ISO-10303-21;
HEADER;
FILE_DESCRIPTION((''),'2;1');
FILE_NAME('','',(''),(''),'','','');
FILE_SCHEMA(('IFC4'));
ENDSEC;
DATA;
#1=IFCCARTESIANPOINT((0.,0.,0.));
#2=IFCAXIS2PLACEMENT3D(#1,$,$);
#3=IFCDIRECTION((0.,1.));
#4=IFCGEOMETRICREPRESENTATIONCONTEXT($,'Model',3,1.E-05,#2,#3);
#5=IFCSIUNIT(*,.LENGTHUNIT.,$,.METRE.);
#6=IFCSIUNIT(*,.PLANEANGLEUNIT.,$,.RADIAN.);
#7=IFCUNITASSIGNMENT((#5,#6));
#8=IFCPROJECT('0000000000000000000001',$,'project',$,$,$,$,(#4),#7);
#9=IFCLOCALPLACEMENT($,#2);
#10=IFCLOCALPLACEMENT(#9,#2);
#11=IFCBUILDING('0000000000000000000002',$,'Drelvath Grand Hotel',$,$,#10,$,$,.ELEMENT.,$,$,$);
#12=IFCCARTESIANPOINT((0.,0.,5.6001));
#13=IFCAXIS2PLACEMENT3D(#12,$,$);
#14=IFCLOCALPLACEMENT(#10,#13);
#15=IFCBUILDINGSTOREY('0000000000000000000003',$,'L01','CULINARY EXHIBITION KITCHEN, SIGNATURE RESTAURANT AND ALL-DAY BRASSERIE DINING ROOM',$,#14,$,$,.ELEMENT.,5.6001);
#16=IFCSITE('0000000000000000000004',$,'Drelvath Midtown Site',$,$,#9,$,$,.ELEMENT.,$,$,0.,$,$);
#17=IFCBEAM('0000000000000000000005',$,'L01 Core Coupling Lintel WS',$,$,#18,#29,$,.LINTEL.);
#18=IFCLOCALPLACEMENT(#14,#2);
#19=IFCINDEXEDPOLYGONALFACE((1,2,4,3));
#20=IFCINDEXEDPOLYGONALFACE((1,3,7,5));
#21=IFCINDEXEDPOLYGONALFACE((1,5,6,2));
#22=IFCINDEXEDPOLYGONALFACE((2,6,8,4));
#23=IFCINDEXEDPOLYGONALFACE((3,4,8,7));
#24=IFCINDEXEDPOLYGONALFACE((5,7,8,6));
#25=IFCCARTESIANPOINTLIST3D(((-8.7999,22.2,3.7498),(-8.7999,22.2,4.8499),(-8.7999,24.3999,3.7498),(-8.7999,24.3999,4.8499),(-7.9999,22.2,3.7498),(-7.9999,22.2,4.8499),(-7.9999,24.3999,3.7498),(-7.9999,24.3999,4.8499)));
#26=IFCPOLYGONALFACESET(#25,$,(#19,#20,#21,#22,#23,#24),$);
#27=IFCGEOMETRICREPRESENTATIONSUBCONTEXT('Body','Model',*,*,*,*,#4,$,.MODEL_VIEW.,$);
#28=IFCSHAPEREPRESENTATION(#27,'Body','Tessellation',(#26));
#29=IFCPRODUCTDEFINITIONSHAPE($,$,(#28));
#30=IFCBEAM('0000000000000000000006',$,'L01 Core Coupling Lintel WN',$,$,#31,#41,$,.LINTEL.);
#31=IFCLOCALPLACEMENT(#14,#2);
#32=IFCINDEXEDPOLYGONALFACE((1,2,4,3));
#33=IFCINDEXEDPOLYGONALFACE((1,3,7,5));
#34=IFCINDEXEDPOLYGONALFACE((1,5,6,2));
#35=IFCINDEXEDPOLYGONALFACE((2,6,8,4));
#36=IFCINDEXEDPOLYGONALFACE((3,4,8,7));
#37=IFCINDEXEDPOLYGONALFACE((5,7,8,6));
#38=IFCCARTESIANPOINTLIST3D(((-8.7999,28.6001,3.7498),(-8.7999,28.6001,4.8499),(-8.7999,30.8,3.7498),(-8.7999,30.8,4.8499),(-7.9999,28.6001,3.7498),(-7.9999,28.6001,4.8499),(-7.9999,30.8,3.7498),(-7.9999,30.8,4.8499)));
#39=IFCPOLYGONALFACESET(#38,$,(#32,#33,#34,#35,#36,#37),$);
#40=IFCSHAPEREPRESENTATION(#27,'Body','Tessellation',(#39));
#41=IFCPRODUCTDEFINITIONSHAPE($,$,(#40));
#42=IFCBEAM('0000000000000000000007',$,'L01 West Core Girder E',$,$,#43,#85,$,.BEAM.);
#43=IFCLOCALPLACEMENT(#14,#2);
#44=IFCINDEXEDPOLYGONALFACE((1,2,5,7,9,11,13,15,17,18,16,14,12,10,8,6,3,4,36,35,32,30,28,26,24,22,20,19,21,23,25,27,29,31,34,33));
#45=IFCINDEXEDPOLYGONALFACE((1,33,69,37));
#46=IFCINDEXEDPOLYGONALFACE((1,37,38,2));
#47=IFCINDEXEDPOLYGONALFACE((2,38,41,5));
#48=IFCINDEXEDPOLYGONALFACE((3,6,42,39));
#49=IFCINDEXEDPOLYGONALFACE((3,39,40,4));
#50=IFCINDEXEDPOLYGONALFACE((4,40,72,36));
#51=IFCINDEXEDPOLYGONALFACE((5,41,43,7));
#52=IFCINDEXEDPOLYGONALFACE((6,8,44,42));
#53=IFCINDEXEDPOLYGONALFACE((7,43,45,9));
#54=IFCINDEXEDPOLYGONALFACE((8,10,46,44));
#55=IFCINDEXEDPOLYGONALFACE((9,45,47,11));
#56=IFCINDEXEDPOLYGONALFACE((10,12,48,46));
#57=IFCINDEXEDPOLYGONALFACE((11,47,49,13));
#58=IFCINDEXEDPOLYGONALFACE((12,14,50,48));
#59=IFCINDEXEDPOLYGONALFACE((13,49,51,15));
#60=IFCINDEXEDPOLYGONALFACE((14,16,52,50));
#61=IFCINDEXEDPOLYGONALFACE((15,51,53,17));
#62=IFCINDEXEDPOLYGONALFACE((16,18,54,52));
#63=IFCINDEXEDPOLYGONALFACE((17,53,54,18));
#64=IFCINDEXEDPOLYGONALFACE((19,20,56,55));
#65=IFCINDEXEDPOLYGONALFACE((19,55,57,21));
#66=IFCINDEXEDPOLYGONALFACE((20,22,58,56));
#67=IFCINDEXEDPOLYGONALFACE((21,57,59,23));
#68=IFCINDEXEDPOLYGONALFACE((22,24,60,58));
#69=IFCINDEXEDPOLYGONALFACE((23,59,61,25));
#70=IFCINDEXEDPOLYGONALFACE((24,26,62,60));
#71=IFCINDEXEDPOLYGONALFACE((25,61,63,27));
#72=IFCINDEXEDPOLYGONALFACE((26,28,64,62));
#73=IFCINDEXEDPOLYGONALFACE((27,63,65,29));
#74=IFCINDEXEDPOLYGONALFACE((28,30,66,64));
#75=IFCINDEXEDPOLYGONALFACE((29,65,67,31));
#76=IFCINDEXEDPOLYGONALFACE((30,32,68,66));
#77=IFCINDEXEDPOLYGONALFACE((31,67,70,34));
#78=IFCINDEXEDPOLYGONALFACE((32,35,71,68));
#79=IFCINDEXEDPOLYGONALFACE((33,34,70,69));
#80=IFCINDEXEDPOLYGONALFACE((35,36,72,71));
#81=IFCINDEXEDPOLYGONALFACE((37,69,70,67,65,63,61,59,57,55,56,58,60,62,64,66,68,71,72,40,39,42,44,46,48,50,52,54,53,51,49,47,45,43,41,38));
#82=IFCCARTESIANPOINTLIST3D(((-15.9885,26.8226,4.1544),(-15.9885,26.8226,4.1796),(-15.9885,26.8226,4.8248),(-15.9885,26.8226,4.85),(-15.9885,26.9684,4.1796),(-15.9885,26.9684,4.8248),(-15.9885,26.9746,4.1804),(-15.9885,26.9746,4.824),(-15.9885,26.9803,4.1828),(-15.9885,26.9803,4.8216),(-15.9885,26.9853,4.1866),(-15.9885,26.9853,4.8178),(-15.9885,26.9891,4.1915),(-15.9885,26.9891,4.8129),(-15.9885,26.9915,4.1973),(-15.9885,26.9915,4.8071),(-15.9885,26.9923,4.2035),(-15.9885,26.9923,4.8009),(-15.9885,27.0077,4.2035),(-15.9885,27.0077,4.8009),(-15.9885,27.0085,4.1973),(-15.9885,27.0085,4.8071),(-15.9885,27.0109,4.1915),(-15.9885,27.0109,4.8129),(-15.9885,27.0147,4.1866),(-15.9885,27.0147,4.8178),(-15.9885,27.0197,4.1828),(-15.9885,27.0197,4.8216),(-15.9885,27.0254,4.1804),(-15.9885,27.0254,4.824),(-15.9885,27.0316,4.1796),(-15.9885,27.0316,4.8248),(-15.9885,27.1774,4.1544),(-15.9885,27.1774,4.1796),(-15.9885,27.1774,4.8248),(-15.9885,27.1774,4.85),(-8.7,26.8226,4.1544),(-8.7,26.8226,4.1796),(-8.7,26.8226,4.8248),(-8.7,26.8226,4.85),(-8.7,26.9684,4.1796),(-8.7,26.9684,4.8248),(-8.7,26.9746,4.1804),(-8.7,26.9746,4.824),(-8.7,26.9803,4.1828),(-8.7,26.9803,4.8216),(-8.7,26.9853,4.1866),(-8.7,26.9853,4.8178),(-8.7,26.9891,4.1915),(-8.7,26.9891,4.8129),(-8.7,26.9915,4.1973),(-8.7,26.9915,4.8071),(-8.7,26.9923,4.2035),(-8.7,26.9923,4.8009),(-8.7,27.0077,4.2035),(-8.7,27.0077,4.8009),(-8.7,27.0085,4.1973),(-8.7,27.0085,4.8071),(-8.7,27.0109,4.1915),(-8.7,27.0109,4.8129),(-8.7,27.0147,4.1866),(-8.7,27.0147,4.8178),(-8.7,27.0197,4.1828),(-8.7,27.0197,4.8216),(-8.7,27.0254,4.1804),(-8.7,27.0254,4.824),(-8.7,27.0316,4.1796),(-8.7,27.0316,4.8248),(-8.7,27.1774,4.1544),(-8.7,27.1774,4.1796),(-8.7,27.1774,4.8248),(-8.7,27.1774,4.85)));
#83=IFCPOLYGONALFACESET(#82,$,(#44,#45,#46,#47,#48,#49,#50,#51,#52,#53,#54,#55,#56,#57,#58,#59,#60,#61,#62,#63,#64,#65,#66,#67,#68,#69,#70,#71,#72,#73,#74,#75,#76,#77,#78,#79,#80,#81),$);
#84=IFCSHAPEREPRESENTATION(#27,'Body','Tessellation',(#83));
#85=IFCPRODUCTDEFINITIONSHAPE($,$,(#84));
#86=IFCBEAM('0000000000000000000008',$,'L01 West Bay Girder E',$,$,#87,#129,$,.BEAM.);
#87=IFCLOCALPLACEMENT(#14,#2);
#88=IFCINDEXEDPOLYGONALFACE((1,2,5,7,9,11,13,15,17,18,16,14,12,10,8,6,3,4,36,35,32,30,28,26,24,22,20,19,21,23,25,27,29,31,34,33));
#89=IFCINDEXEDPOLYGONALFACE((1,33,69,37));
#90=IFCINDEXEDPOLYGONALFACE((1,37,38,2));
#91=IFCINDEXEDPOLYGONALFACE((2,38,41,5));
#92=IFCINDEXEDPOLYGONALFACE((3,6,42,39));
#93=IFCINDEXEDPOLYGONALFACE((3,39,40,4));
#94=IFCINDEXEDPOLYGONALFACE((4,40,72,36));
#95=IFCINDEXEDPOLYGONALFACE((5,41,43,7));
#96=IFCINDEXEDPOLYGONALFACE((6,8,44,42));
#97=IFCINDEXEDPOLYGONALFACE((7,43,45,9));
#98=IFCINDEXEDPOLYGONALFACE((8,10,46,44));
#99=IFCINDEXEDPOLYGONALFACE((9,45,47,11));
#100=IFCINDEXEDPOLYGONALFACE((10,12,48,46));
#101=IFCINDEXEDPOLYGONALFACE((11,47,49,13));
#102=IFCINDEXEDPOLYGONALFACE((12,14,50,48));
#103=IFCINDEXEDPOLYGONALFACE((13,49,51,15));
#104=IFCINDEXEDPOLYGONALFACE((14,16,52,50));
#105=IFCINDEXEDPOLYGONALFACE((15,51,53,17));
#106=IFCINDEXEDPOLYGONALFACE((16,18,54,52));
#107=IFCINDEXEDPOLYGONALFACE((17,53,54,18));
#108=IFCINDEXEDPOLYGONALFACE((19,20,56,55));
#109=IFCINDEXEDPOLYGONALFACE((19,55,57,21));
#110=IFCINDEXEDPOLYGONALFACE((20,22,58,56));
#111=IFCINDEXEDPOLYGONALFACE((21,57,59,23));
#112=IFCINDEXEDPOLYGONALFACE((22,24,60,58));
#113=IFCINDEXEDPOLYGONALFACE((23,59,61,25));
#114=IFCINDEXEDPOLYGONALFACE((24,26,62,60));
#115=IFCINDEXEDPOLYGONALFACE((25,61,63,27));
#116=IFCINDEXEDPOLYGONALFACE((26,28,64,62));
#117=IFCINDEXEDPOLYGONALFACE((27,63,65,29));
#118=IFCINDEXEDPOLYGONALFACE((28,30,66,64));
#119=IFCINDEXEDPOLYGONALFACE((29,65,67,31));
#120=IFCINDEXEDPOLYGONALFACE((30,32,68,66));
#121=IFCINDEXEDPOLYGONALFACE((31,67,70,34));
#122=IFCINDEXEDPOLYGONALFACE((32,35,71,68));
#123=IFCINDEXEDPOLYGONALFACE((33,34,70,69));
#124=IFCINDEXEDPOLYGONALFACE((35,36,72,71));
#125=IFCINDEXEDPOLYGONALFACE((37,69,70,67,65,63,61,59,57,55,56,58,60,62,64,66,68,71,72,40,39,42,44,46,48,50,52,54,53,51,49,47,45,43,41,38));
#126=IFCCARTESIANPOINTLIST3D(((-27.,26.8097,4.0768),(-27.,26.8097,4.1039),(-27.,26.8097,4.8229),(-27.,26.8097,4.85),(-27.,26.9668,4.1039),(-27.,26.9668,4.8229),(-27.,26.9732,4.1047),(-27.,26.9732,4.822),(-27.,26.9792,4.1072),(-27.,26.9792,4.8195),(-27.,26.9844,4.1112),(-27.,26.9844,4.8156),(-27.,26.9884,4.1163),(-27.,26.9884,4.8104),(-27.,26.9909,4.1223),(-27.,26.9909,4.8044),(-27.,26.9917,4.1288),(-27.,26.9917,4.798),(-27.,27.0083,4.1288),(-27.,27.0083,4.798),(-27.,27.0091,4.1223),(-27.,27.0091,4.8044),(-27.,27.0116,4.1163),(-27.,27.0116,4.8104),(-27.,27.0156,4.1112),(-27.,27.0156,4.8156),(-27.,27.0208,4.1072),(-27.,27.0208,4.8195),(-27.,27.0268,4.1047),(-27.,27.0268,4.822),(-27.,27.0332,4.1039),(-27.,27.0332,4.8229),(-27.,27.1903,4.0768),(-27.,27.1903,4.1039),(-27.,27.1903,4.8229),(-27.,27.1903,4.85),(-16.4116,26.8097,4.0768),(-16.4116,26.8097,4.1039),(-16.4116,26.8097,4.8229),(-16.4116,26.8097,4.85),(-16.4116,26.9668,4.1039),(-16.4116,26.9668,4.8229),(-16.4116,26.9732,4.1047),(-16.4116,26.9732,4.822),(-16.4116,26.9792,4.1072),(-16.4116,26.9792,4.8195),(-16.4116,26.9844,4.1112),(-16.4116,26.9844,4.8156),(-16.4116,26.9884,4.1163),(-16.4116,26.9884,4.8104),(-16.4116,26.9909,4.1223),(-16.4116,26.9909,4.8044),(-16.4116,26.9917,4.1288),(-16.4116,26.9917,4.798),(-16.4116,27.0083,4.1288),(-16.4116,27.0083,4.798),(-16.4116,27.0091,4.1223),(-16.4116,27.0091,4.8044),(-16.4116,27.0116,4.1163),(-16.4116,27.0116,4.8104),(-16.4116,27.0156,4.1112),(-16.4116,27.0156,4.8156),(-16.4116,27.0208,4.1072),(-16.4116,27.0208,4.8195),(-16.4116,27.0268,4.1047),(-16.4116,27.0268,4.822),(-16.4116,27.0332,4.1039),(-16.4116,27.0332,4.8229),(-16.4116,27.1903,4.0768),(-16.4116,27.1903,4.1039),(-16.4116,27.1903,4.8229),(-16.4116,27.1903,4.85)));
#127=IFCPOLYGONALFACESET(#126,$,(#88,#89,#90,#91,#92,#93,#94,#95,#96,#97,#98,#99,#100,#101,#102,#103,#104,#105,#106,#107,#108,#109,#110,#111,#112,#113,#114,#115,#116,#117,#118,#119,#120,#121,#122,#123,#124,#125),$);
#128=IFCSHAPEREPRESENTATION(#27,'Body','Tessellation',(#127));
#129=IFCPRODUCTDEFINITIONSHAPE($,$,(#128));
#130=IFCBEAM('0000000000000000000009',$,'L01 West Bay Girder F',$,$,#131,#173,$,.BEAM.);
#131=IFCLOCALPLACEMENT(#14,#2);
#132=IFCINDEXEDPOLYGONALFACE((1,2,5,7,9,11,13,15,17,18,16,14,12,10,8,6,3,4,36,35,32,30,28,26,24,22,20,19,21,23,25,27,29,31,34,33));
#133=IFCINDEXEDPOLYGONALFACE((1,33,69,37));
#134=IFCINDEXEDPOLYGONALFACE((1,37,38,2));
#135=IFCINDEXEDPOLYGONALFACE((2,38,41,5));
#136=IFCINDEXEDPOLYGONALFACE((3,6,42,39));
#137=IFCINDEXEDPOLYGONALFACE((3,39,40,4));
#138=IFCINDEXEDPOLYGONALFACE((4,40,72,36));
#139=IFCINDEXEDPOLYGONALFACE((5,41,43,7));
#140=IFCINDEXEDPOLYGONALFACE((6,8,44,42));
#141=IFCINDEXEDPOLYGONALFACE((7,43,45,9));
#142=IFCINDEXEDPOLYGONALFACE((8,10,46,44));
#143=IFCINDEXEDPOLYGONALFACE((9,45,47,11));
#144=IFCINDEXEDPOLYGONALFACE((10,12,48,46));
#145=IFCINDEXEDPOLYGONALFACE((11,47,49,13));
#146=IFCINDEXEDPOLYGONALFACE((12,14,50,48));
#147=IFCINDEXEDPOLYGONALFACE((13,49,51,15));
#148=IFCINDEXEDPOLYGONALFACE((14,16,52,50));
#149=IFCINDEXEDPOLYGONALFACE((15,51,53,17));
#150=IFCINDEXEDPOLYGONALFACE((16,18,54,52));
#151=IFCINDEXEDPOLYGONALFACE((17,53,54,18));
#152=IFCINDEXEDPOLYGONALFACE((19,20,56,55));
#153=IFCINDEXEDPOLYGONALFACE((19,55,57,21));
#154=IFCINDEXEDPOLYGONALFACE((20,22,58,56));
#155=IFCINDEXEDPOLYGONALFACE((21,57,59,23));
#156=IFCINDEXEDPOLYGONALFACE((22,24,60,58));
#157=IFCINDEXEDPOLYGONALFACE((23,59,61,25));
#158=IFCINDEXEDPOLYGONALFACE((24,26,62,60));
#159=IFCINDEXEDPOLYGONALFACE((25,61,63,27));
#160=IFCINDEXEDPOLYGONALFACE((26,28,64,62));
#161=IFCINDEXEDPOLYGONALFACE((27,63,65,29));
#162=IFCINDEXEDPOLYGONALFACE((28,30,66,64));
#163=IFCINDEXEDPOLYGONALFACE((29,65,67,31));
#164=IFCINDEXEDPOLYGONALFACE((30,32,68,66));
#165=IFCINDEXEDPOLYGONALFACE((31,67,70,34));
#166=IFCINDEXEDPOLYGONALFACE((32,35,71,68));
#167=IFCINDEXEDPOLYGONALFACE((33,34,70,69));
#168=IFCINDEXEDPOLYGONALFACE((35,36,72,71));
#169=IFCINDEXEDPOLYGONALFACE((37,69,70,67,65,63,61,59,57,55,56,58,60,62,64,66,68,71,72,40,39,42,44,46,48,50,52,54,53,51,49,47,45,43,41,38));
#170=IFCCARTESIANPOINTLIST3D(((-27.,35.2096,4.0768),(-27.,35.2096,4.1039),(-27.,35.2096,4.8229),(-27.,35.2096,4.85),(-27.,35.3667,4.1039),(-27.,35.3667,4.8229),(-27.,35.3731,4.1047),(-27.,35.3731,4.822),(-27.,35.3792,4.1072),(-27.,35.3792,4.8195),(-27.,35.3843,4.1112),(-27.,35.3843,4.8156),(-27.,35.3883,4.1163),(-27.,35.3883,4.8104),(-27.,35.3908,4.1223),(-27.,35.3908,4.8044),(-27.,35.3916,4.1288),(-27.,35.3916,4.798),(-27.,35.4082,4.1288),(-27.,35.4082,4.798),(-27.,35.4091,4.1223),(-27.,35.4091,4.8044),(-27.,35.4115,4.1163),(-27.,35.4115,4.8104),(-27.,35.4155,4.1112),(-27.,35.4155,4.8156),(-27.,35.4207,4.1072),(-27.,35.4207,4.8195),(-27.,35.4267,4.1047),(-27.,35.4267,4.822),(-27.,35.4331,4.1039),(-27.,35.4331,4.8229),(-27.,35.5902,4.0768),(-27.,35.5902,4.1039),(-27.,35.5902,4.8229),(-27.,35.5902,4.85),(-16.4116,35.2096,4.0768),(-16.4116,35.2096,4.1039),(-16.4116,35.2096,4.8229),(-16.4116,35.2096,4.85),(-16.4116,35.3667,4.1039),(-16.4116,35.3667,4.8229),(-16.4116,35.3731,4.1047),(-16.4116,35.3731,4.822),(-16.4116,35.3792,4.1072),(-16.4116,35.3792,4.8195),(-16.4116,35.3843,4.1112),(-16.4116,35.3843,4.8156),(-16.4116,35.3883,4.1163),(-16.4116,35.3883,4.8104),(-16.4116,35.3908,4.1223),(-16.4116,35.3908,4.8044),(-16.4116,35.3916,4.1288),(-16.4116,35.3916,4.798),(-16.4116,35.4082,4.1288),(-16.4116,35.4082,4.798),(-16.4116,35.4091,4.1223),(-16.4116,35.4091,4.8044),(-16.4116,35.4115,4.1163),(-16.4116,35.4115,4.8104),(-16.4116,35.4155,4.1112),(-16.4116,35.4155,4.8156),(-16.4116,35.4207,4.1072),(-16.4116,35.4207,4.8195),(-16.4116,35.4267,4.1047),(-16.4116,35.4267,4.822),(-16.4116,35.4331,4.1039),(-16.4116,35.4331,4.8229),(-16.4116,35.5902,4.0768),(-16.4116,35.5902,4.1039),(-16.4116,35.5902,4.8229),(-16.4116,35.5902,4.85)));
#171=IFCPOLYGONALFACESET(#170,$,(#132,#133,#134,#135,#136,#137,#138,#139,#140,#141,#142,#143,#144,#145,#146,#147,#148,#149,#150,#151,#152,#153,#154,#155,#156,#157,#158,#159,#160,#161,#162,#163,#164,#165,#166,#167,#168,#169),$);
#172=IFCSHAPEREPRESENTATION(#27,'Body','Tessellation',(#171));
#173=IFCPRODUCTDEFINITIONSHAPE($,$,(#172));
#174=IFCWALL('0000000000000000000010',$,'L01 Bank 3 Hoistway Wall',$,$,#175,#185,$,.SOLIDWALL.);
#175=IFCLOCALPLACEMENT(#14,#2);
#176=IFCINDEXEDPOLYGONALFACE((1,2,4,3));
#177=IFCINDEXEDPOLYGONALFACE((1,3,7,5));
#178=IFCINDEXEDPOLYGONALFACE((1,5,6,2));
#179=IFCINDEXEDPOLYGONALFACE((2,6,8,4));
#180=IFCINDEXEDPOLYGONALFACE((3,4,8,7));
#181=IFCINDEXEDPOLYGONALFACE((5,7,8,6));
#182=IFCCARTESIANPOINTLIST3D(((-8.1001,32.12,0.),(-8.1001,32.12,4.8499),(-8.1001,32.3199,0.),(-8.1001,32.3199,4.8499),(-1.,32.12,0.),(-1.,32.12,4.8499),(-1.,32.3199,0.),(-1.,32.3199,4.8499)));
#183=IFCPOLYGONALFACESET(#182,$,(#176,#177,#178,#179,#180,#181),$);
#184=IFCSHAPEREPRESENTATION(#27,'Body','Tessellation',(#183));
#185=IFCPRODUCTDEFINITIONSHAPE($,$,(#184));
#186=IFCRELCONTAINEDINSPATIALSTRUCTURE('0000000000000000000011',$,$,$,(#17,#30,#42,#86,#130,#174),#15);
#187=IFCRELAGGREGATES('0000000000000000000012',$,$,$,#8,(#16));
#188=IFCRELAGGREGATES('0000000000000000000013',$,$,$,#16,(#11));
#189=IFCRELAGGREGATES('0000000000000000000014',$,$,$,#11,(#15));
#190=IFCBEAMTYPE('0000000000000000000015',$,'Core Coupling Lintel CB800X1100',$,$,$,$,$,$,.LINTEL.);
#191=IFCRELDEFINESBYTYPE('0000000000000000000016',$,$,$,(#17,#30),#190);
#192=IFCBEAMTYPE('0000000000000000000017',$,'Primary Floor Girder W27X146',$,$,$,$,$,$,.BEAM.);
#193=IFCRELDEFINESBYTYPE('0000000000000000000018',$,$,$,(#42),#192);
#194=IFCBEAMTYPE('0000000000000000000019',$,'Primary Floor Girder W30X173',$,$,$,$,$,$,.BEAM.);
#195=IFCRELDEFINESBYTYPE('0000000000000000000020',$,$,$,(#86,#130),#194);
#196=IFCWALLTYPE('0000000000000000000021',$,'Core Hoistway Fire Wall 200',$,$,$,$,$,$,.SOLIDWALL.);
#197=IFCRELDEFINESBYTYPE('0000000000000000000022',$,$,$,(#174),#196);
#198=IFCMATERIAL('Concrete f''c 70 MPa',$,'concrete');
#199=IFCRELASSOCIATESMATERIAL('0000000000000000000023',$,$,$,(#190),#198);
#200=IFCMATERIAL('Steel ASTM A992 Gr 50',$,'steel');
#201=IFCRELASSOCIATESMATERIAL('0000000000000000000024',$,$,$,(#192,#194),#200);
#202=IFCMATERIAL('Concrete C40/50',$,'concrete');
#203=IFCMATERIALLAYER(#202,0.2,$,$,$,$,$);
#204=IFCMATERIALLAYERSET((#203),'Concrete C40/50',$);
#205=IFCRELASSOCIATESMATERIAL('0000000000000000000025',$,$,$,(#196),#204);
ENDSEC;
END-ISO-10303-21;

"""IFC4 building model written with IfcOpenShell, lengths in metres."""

from ifc_helpers import new_model, si_unit, direction, frame, frame_2d, origin, origin_2d, place, context, subcontext, project, spatial, rectangle, i_section, extrude, material, layer, layer_set, material_profile, profile_set, type_object, element, save


model = new_model("IFC4")

# Units and contexts
model_context = context("Model", 3, precision=1e-05, world=origin(), true_north=direction((0.0, 1.0)))
body_context = subcontext(model_context, "Body", "Model", "MODEL_VIEW")
ifc_project = project(units=[si_unit("LENGTHUNIT", "METRE"), si_unit("PLANEANGLEUNIT", "RADIAN")], contexts=[model_context])

# Site, building, storey
site_placement = place(None, origin())
site = spatial("IfcSite", under=ifc_project, at=site_placement, Name="Drelvath Midtown Site", CompositionType="ELEMENT", RefElevation=0.0)
building_placement = place(site_placement, origin())
building = spatial("IfcBuilding", under=site, at=building_placement, Name="Drelvath Grand Hotel", CompositionType="ELEMENT")
storey_placement = place(building_placement, frame((0.0, 0.0, 5.6001)))
storey = spatial("IfcBuildingStorey", under=building, at=storey_placement, Name="L01", Description="CULINARY EXHIBITION KITCHEN, SIGNATURE RESTAURANT AND ALL-DAY BRASSERIE DINING ROOM", CompositionType="ELEMENT", Elevation=5.6001)

# Beams
ifc_material_1 = material(Name="Steel ASTM A992 Gr 50", Category="steel")
ifc_material_2 = material(Name="Concrete f'c 70 MPa", Category="concrete")
ifc_material_profile_1 = material_profile(ifc_material_2, rectangle(XDim=0.8, YDim=1.1001, at=origin_2d()), Name="CB800X1100")
ifc_profile_set_1 = profile_set([ifc_material_profile_1], Name="Concrete f'c 70 MPa")
beam_type_1 = type_object("IfcBeamType", Name="Core Coupling Lintel CB800X1100", PredefinedType="LINTEL", material=ifc_profile_set_1)
for number, where, z_axis, x_axis, name in (
    (1, (-8.3999, 22.2, 4.2998), (0.0, 1.0, 0.0), (-1.0, 0.0, 0.0), "L01 Core Coupling Lintel WS"),
    (2, (-8.3999, 28.6001, 4.2998), (0.0, 1.0, 0.0), (-1.0, 0.0, 0.0), "L01 Core Coupling Lintel WN"),
):
    element("IfcBeam", number, at=place(storey_placement, frame(where, z_axis=z_axis, x_axis=x_axis)), inside=storey, type_object=beam_type_1, Name=name, PredefinedType="LINTEL", context=body_context, shape_type="SweptSolid", body=[
        extrude(rectangle(XDim=0.8, YDim=1.1001, at=origin_2d()), origin(), (0.0, 0.0, 1.0), 2.2),
    ])
ifc_material_profile_2 = material_profile(ifc_material_1, i_section(OverallWidth=0.3547, OverallDepth=0.6956, WebThickness=0.0154, FlangeThickness=0.0251, FilletRadius=0.0239, at=origin_2d()), Name="W27X146")
ifc_profile_set_2 = profile_set([ifc_material_profile_2], Name="Steel ASTM A992 Gr 50")
beam_type_2 = type_object("IfcBeamType", Name="Primary Floor Girder W27X146", PredefinedType="BEAM", material=ifc_profile_set_2)
beam_placement = place(storey_placement, frame((-15.9885, 27.0, 4.5022), z_axis=(1.0, 0.0, 0.0), x_axis=(0.0, 1.0, 0.0)))
element("IfcBeam", 3, at=beam_placement, inside=storey, type_object=beam_type_2, Name="L01 West Core Girder E", PredefinedType="BEAM", context=body_context, shape_type="SweptSolid", body=[
    extrude(i_section(OverallWidth=0.3547, OverallDepth=0.6956, WebThickness=0.0154, FlangeThickness=0.0251, FilletRadius=0.0239, at=origin_2d()), origin(), (0.0, 0.0, 1.0), 7.2886),
])
ifc_material_profile_3 = material_profile(ifc_material_1, i_section(OverallWidth=0.3806, OverallDepth=0.7732, WebThickness=0.0166, FlangeThickness=0.0271, FilletRadius=0.0249, at=origin_2d()), Name="W30X173")
ifc_profile_set_3 = profile_set([ifc_material_profile_3], Name="Steel ASTM A992 Gr 50")
beam_type_3 = type_object("IfcBeamType", Name="Primary Floor Girder W30X173", PredefinedType="BEAM", material=ifc_profile_set_3)
for number, where, z_axis, x_axis, name in (
    (4, (-27.0, 27.0, 4.4634), (1.0, 0.0, 0.0), (0.0, 1.0, 0.0), "L01 West Bay Girder E"),
    (5, (-27.0, 35.3999, 4.4634), (1.0, 0.0, 0.0), (0.0, 1.0, 0.0), "L01 West Bay Girder F"),
):
    element("IfcBeam", number, at=place(storey_placement, frame(where, z_axis=z_axis, x_axis=x_axis)), inside=storey, type_object=beam_type_3, Name=name, PredefinedType="BEAM", context=body_context, shape_type="SweptSolid", body=[
        extrude(i_section(OverallWidth=0.3806, OverallDepth=0.7732, WebThickness=0.0166, FlangeThickness=0.0271, FilletRadius=0.0249, at=origin_2d()), origin(), (0.0, 0.0, 1.0), 10.5884),
    ])

# Wall
ifc_material_3 = material(Name="Concrete C40/50", Category="concrete")
ifc_layer_1 = layer(ifc_material_3, 0.2)
ifc_layer_set_1 = layer_set([ifc_layer_1], Name="Concrete C40/50")
wall_type_1 = type_object("IfcWallType", Name="Core Hoistway Fire Wall 200", PredefinedType="SOLIDWALL", material=ifc_layer_set_1)
wall_1_placement = place(storey_placement, frame((-8.1001, 32.22, 0.0), z_axis=(0.0, 0.0, 1.0), x_axis=(1.0, 0.0, 0.0)))
element("IfcWall", 6, at=wall_1_placement, inside=storey, type_object=wall_type_1, Name="L01 Bank 3 Hoistway Wall", PredefinedType="SOLIDWALL", context=body_context, shape_type="SweptSolid", body=[
    extrude(rectangle(XDim=7.1001, YDim=0.2, at=frame_2d((3.55, 0.0))), origin(), (0.0, 0.0, 1.0), 4.8499),
])

save(model, "model.ifc")
